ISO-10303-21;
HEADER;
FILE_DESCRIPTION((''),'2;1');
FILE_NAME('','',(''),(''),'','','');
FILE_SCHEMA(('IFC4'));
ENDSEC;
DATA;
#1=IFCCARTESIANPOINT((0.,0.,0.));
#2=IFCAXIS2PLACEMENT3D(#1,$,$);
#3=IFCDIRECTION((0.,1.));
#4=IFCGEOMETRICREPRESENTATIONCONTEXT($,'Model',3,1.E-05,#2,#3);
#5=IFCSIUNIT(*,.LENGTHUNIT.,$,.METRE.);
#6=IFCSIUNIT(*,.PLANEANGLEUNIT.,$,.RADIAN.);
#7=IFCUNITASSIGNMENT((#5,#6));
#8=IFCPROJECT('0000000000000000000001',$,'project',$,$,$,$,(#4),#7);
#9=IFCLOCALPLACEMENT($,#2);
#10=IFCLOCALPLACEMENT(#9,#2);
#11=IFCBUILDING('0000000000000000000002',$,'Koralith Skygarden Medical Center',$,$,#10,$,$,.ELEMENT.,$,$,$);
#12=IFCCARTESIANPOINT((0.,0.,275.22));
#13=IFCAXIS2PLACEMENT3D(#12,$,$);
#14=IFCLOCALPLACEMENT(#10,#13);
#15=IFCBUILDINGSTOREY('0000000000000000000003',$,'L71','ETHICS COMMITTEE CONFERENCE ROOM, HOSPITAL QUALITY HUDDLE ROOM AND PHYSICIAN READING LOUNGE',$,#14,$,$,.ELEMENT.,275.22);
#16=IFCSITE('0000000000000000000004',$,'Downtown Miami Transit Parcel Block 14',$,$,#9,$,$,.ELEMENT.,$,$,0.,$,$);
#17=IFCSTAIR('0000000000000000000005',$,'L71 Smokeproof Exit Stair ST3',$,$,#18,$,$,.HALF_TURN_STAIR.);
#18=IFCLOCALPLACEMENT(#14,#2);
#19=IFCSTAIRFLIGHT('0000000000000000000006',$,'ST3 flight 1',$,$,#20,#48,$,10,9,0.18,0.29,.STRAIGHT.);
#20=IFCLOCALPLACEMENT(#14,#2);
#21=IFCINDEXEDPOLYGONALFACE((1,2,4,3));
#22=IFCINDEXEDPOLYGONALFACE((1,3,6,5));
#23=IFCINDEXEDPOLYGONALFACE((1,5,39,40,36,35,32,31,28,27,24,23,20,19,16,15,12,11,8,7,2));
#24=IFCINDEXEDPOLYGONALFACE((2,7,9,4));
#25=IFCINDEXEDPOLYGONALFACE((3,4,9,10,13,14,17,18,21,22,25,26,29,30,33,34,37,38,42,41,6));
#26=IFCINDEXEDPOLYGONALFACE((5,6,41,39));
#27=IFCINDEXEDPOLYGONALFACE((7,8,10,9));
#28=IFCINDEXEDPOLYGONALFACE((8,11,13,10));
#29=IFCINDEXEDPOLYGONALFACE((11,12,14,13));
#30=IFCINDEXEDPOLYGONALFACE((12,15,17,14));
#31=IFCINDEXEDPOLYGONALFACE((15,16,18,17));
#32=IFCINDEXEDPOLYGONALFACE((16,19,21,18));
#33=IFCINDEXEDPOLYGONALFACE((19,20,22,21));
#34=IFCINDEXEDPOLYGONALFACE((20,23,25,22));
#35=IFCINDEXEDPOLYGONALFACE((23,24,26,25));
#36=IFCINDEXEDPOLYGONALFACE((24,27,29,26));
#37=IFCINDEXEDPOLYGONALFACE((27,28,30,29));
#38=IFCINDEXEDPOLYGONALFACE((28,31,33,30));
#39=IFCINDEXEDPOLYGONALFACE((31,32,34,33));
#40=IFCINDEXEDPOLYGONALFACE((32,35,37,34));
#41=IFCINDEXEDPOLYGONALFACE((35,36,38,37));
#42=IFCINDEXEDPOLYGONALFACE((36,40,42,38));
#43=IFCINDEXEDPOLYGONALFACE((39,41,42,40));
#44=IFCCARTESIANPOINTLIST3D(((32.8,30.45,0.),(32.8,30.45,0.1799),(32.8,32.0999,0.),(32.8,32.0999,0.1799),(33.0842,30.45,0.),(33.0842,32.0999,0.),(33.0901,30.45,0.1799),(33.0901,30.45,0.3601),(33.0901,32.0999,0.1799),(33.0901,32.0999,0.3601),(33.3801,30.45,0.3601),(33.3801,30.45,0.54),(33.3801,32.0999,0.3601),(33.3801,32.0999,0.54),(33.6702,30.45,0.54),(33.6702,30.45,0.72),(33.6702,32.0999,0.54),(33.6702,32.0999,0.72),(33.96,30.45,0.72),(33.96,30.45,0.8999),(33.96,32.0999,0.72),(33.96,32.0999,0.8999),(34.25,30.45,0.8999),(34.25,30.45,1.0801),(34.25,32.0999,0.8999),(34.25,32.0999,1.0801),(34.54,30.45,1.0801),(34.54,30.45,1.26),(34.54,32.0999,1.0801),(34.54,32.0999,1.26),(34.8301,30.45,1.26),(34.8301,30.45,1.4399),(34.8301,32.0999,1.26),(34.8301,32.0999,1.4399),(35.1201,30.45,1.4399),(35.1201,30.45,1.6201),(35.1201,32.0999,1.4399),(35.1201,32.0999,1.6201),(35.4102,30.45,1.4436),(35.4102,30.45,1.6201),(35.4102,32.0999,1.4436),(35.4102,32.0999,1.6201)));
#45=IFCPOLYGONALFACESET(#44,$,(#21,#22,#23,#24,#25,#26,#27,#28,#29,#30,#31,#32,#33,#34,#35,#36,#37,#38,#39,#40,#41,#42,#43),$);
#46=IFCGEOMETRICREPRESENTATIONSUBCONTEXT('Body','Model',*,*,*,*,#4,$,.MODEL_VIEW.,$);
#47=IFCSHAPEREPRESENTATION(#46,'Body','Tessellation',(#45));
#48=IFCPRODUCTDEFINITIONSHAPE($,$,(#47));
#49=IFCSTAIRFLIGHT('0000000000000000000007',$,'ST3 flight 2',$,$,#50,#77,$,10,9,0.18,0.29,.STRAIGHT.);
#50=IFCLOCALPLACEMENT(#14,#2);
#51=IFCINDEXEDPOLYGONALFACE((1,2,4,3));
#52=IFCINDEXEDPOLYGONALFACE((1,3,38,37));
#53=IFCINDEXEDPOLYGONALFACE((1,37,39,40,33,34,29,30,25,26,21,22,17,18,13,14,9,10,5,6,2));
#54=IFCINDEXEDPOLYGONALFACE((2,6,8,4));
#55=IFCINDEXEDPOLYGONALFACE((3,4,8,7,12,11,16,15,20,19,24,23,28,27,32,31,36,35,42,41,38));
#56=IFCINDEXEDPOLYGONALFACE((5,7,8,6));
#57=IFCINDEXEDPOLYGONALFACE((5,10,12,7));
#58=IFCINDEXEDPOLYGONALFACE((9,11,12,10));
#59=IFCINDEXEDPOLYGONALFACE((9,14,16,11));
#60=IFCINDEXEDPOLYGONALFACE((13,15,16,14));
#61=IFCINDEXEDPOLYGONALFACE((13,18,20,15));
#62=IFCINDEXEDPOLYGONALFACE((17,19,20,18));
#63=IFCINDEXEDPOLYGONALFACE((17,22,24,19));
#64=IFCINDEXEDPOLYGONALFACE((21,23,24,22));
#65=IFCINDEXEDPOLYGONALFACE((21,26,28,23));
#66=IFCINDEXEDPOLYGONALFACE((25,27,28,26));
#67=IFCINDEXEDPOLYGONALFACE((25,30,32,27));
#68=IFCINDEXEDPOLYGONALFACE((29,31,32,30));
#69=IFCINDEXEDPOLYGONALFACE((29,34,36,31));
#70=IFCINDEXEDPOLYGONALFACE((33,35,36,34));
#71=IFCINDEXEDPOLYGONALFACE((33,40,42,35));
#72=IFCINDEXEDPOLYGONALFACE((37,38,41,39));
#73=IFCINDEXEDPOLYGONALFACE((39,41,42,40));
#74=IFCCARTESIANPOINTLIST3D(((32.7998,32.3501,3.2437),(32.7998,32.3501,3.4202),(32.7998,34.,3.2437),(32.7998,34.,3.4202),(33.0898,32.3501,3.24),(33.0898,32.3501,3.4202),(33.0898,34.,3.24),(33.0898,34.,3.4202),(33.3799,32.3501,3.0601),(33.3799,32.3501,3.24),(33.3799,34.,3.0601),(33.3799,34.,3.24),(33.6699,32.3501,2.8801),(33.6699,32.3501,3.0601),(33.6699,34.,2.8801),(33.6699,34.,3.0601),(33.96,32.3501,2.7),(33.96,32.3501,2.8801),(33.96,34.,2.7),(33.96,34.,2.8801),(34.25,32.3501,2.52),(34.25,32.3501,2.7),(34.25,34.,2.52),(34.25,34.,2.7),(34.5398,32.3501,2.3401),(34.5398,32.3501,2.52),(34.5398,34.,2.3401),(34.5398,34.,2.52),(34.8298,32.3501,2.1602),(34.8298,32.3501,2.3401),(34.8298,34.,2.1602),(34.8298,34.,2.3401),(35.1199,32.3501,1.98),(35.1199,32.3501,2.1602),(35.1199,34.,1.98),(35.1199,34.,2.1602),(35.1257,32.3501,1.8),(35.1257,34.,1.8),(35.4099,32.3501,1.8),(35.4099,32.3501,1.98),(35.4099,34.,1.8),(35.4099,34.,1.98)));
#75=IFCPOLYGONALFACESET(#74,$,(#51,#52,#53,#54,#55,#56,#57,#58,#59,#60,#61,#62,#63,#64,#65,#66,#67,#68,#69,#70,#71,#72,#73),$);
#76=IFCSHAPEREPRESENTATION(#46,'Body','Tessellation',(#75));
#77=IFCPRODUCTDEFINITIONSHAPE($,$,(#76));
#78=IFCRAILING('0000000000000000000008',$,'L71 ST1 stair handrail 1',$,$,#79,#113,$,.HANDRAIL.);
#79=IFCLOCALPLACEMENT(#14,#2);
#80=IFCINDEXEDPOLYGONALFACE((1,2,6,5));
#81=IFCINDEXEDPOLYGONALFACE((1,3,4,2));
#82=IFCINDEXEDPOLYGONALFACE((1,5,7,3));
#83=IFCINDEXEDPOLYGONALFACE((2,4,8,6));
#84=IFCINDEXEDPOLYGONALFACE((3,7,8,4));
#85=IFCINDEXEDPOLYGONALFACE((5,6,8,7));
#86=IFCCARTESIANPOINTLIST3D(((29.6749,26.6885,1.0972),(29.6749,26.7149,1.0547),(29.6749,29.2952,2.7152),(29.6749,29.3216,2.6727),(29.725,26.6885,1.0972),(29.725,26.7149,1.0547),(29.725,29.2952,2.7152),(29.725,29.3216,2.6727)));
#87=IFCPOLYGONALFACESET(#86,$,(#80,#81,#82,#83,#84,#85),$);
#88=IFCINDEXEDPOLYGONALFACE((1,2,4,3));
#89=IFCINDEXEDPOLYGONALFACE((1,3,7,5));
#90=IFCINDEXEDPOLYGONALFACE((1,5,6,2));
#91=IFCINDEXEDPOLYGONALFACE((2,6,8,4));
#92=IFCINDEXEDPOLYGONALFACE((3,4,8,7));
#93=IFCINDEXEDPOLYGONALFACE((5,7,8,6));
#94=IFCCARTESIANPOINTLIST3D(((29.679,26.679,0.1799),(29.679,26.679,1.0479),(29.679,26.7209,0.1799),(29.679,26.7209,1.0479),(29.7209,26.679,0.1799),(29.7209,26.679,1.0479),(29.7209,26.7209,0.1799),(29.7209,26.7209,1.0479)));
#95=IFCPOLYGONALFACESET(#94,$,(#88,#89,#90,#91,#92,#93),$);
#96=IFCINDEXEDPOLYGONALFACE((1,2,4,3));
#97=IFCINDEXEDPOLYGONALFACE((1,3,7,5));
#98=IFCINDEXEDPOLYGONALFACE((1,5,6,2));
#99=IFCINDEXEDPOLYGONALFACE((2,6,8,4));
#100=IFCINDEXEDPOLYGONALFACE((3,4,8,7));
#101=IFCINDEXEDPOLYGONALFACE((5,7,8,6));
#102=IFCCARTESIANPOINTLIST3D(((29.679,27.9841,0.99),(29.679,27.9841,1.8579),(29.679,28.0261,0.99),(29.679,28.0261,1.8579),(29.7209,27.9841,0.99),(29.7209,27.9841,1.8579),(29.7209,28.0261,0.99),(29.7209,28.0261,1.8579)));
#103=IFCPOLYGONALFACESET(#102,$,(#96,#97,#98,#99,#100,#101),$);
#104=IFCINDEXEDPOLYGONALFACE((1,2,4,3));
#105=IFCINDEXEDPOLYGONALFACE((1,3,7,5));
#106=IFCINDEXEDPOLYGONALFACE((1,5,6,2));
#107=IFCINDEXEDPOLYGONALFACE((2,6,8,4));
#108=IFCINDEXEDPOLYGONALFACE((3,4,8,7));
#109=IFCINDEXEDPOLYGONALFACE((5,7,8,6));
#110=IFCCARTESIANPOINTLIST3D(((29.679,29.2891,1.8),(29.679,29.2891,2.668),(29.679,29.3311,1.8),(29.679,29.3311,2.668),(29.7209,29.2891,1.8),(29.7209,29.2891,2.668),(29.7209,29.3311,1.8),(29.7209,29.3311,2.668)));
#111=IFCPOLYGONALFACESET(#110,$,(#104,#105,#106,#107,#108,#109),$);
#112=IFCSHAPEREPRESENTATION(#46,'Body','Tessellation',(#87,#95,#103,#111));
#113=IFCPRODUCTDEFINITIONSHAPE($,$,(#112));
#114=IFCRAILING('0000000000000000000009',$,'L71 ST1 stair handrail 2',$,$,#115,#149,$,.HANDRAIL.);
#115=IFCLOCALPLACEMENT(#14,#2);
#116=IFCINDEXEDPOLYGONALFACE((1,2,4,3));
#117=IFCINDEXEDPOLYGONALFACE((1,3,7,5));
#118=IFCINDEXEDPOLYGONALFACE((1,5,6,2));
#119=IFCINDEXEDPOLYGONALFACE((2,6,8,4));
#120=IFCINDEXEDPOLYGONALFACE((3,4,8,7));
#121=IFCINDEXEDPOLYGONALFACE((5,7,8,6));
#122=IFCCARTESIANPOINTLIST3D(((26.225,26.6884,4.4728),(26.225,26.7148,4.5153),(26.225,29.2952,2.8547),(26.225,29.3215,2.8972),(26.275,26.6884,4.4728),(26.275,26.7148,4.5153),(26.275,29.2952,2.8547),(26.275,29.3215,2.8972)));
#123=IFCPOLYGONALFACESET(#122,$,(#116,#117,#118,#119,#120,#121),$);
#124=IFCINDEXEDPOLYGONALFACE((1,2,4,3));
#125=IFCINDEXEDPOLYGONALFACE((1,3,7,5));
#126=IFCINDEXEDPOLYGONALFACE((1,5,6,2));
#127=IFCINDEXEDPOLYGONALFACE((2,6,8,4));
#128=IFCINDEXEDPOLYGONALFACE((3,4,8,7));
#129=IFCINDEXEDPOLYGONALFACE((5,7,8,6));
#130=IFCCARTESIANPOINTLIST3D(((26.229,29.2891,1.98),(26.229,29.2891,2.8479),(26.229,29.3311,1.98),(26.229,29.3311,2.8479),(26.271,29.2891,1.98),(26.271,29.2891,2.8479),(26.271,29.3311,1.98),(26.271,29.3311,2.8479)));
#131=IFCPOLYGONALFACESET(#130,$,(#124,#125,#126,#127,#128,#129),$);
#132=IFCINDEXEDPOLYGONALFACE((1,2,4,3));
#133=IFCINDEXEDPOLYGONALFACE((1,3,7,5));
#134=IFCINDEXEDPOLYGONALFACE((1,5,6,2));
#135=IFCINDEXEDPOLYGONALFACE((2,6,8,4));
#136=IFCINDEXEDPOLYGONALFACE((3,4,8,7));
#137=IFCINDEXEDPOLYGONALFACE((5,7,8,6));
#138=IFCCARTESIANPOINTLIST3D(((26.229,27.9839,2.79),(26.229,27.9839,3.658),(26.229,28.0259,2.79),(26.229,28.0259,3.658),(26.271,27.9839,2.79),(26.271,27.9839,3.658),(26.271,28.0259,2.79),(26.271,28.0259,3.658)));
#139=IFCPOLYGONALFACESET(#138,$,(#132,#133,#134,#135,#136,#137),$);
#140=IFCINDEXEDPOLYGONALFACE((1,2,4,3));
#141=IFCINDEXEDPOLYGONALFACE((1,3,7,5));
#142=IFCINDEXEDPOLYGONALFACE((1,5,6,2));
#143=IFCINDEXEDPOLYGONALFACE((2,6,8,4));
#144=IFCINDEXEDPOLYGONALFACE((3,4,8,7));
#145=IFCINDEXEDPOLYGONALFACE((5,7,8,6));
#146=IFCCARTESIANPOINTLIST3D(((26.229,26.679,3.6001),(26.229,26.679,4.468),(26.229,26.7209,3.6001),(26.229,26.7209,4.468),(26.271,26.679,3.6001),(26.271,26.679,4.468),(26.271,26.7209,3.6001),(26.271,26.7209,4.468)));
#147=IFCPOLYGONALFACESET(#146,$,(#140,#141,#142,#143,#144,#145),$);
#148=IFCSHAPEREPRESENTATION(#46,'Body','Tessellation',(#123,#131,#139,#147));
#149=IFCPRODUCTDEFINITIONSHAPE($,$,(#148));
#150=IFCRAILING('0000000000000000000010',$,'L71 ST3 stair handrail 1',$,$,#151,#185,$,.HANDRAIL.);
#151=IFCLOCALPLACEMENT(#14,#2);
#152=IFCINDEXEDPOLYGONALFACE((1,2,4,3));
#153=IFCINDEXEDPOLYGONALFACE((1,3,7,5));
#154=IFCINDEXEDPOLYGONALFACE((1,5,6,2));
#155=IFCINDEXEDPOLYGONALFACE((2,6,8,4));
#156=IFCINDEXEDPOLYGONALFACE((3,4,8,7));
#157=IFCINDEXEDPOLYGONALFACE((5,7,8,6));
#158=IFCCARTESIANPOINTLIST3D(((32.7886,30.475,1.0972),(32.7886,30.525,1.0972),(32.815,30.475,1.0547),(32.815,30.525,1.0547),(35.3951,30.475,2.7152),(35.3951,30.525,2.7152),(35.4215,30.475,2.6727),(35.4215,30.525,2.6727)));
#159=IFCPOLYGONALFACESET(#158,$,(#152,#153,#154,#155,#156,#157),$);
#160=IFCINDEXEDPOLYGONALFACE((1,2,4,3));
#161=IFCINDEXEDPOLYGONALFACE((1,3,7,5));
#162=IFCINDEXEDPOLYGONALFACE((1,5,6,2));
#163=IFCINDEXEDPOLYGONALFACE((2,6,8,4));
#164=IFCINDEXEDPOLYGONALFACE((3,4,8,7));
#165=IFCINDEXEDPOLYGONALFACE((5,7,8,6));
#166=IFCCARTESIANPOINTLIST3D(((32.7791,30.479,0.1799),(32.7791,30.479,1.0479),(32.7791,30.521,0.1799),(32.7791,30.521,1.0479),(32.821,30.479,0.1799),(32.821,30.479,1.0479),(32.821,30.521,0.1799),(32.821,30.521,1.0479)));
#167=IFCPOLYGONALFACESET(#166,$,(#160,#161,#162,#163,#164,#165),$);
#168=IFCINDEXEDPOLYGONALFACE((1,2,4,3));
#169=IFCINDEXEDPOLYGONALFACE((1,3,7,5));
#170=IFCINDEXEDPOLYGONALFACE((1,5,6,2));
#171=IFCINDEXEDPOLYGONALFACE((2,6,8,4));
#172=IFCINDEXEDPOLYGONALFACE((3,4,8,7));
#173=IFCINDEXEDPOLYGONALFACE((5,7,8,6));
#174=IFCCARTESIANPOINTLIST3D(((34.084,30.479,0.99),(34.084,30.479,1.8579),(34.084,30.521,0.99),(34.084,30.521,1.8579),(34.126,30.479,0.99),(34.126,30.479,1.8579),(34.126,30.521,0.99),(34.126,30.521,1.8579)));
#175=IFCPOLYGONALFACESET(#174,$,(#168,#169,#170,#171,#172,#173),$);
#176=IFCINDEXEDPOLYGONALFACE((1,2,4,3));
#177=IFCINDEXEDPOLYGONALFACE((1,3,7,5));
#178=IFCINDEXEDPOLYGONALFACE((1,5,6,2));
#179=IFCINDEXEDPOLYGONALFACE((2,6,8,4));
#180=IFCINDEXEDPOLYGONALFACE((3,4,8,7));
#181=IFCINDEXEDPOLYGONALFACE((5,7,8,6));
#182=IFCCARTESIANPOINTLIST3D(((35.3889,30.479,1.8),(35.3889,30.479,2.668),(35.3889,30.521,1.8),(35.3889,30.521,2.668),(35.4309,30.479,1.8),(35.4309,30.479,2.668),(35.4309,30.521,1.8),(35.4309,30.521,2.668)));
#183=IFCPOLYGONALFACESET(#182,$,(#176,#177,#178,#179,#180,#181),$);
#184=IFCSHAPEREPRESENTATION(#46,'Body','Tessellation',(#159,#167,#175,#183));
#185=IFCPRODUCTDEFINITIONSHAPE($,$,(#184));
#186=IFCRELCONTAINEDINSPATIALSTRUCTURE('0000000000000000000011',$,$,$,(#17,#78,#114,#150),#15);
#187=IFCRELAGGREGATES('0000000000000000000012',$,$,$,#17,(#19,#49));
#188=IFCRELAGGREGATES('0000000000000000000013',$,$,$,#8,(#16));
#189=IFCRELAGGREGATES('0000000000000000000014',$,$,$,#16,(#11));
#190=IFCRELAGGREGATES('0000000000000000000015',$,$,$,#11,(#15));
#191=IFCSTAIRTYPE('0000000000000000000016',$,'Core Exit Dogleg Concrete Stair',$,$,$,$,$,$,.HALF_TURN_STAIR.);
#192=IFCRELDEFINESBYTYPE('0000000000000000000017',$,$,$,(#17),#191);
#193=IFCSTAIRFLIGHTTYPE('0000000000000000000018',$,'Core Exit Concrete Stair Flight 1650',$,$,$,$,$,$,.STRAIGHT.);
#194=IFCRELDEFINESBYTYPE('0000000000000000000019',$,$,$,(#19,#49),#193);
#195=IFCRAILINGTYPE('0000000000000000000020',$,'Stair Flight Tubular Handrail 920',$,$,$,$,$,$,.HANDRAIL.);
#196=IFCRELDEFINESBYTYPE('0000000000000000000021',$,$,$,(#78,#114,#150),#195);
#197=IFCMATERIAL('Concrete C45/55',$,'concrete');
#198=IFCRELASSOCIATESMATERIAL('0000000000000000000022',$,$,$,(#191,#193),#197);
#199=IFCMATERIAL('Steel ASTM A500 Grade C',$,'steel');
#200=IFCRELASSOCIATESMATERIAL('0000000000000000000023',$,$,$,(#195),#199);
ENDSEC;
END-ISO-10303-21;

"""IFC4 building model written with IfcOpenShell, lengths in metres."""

from ifc_helpers import new_model, si_unit, direction, frame, origin, origin_2d, place, context, subcontext, project, spatial, polyline, rectangle, outline, extrude, material, type_object, element, aggregate, save


model = new_model("IFC4")

# Units and contexts
model_context = context("Model", 3, precision=1e-05, world=origin(), true_north=direction((0.0, 1.0)))
body_context = subcontext(model_context, "Body", "Model", "MODEL_VIEW")
ifc_project = project(units=[si_unit("LENGTHUNIT", "METRE"), si_unit("PLANEANGLEUNIT", "RADIAN")], contexts=[model_context])

# Site, building, storey
site_placement = place(None, origin())
site = spatial("IfcSite", under=ifc_project, at=site_placement, Name="Downtown Miami Transit Parcel Block 14", CompositionType="ELEMENT", RefElevation=0.0)
building_placement = place(site_placement, origin())
building = spatial("IfcBuilding", under=site, at=building_placement, Name="Koralith Skygarden Medical Center", CompositionType="ELEMENT")
storey_placement = place(building_placement, frame((0.0, 0.0, 275.22)))
storey = spatial("IfcBuildingStorey", under=building, at=storey_placement, Name="L71", Description="ETHICS COMMITTEE CONFERENCE ROOM, HOSPITAL QUALITY HUDDLE ROOM AND PHYSICIAN READING LOUNGE", CompositionType="ELEMENT", Elevation=275.22)

# Shared definitions
ifc_material_1 = material(Name="Concrete C45/55", Category="concrete")

# Shared definitions
ifc_material_2 = material(Name="Steel ASTM A500 Grade C", Category="steel")

# Stair, stair flights
stair_type = type_object("IfcStairType", Name="Core Exit Dogleg Concrete Stair", PredefinedType="HALF_TURN_STAIR", material=ifc_material_1)
stair_flight_type = type_object("IfcStairFlightType", Name="Core Exit Concrete Stair Flight 1650", PredefinedType="STRAIGHT", material=ifc_material_1)
stair_1_placement = place(storey_placement, origin())
stair_1 = element("IfcStair", 1, at=stair_1_placement, inside=storey, type_object=stair_type, Name="L71 Smokeproof Exit Stair ST3", PredefinedType="HALF_TURN_STAIR")
stair_flight_1_placement = place(storey_placement, frame((32.8, 31.2749, 0.0), z_axis=(0.0, 0.0, 1.0), x_axis=(1.0, 0.0, 0.0)))
stair_flight_1 = element("IfcStairFlight", 2, at=stair_flight_1_placement, type_object=stair_flight_type, Name="ST3 flight 1", NumberOfRisers=10, NumberOfTreads=9, PredefinedType="STRAIGHT", RiserHeight=0.18, TreadLength=0.29, context=body_context, shape_type="SweptSolid", body=[
    extrude(outline(polyline([(0.0, 0.0), (0.0, 0.1799), (0.29, 0.1799), (0.29, 0.3601), (0.5801, 0.3601), (0.5801, 0.54), (0.8701, 0.54), (0.8701, 0.72), (1.1599, 0.72), (1.1599, 0.8999), (1.45, 0.8999), (1.45, 1.0801), (1.74, 1.0801), (1.74, 1.26), (2.03, 1.26), (2.03, 1.4399), (2.3201, 1.4399), (2.3201, 1.6201), (2.6101, 1.6201), (2.6101, 1.8), (2.6101, 1.4436), (0.2842, 0.0), (0.0, 0.0)])), frame((0.0, 0.825, 0.0), z_axis=(0.0, -1.0, 0.0), x_axis=(1.0, 0.0, 0.0)), (0.0, 0.0, 1.0), 1.6499),
])
stair_flight_2_placement = place(storey_placement, frame((35.4099, 33.175, 1.8), z_axis=(0.0, 0.0, 1.0), x_axis=(-1.0, 0.0, 0.0)))
stair_flight_2 = element("IfcStairFlight", 3, at=stair_flight_2_placement, type_object=stair_flight_type, Name="ST3 flight 2", NumberOfRisers=10, NumberOfTreads=9, PredefinedType="STRAIGHT", RiserHeight=0.18, TreadLength=0.29, context=body_context, shape_type="SweptSolid", body=[
    extrude(outline(polyline([(0.0, 0.0), (0.0, 0.1799), (0.29, 0.1799), (0.29, 0.3601), (0.5801, 0.3601), (0.5801, 0.54), (0.8701, 0.54), (0.8701, 0.72), (1.1599, 0.72), (1.1599, 0.8999), (1.45, 0.8999), (1.45, 1.0801), (1.74, 1.0801), (1.74, 1.26), (2.03, 1.26), (2.03, 1.4399), (2.3201, 1.4399), (2.3201, 1.6201), (2.6101, 1.6201), (2.6101, 1.8), (2.6101, 1.4436), (0.2842, 0.0), (0.0, 0.0)])), frame((0.0, 0.825, 0.0), z_axis=(0.0, -1.0, 0.0), x_axis=(1.0, 0.0, 0.0)), (0.0, 0.0, 1.0), 1.6499),
])
aggregate(stair_1, [stair_flight_1, stair_flight_2])

# Railings
railing_type_1 = type_object("IfcRailingType", Name="Stair Flight Tubular Handrail 920", PredefinedType="HANDRAIL", material=ifc_material_2)
railing_1_placement = place(storey_placement, frame((29.7, 26.7, 0.1799)))
element("IfcRailing", 4, at=railing_1_placement, inside=storey, type_object=railing_type_1, Name="L71 ST1 stair handrail 1", PredefinedType="HANDRAIL", context=body_context, shape_type="SweptSolid", body=[
    extrude(rectangle(XDim=0.05, YDim=0.05, at=origin_2d()), frame((0.0, 0.0017, 0.896), z_axis=(0.0, 0.849633, 0.527375), x_axis=(-1.0, 0.0, 0.0)), (0.0, 0.0, 1.0), 3.0681),
    extrude(rectangle(XDim=0.042, YDim=0.042, at=origin_2d()), origin(), (0.0, 0.0, 1.0), 0.8679),
    extrude(rectangle(XDim=0.042, YDim=0.042, at=origin_2d()), frame((0.0, 1.3052, 0.8101)), (0.0, 0.0, 1.0), 0.8679),
    extrude(rectangle(XDim=0.042, YDim=0.042, at=origin_2d()), frame((0.0, 2.6101, 1.6201)), (0.0, 0.0, 1.0), 0.8679),
])
railing_2_placement = place(storey_placement, frame((26.25, 29.3101, 1.98)))
element("IfcRailing", 5, at=railing_2_placement, inside=storey, type_object=railing_type_1, Name="L71 ST1 stair handrail 2", PredefinedType="HANDRAIL", context=body_context, shape_type="SweptSolid", body=[
    extrude(rectangle(XDim=0.05, YDim=0.05, at=origin_2d()), frame((0.0, -0.0017, 0.896), z_axis=(0.0, -0.849633, 0.527375), x_axis=(1.0, 0.0, 0.0)), (0.0, 0.0, 1.0), 3.0681),
    extrude(rectangle(XDim=0.042, YDim=0.042, at=origin_2d()), origin(), (0.0, 0.0, 1.0), 0.8679),
    extrude(rectangle(XDim=0.042, YDim=0.042, at=origin_2d()), frame((0.0, -1.3052, 0.8101)), (0.0, 0.0, 1.0), 0.8679),
    extrude(rectangle(XDim=0.042, YDim=0.042, at=origin_2d()), frame((0.0, -2.6101, 1.6201)), (0.0, 0.0, 1.0), 0.8679),
])
railing_3_placement = place(storey_placement, frame((32.8, 30.5, 0.1799)))
element("IfcRailing", 6, at=railing_3_placement, inside=storey, type_object=railing_type_1, Name="L71 ST3 stair handrail 1", PredefinedType="HANDRAIL", context=body_context, shape_type="SweptSolid", body=[
    extrude(rectangle(XDim=0.05, YDim=0.05, at=origin_2d()), frame((0.0017, 0.0, 0.896), z_axis=(0.849611, 0.0, 0.52741), x_axis=(0.0, 1.0, 0.0)), (0.0, 0.0, 1.0), 3.0679),
    extrude(rectangle(XDim=0.042, YDim=0.042, at=origin_2d()), origin(), (0.0, 0.0, 1.0), 0.8679),
    extrude(rectangle(XDim=0.042, YDim=0.042, at=origin_2d()), frame((1.3049, 0.0, 0.8101)), (0.0, 0.0, 1.0), 0.8679),
    extrude(rectangle(XDim=0.042, YDim=0.042, at=origin_2d()), frame((2.6099, 0.0, 1.6201)), (0.0, 0.0, 1.0), 0.8679),
])

save(model, "model.ifc")
